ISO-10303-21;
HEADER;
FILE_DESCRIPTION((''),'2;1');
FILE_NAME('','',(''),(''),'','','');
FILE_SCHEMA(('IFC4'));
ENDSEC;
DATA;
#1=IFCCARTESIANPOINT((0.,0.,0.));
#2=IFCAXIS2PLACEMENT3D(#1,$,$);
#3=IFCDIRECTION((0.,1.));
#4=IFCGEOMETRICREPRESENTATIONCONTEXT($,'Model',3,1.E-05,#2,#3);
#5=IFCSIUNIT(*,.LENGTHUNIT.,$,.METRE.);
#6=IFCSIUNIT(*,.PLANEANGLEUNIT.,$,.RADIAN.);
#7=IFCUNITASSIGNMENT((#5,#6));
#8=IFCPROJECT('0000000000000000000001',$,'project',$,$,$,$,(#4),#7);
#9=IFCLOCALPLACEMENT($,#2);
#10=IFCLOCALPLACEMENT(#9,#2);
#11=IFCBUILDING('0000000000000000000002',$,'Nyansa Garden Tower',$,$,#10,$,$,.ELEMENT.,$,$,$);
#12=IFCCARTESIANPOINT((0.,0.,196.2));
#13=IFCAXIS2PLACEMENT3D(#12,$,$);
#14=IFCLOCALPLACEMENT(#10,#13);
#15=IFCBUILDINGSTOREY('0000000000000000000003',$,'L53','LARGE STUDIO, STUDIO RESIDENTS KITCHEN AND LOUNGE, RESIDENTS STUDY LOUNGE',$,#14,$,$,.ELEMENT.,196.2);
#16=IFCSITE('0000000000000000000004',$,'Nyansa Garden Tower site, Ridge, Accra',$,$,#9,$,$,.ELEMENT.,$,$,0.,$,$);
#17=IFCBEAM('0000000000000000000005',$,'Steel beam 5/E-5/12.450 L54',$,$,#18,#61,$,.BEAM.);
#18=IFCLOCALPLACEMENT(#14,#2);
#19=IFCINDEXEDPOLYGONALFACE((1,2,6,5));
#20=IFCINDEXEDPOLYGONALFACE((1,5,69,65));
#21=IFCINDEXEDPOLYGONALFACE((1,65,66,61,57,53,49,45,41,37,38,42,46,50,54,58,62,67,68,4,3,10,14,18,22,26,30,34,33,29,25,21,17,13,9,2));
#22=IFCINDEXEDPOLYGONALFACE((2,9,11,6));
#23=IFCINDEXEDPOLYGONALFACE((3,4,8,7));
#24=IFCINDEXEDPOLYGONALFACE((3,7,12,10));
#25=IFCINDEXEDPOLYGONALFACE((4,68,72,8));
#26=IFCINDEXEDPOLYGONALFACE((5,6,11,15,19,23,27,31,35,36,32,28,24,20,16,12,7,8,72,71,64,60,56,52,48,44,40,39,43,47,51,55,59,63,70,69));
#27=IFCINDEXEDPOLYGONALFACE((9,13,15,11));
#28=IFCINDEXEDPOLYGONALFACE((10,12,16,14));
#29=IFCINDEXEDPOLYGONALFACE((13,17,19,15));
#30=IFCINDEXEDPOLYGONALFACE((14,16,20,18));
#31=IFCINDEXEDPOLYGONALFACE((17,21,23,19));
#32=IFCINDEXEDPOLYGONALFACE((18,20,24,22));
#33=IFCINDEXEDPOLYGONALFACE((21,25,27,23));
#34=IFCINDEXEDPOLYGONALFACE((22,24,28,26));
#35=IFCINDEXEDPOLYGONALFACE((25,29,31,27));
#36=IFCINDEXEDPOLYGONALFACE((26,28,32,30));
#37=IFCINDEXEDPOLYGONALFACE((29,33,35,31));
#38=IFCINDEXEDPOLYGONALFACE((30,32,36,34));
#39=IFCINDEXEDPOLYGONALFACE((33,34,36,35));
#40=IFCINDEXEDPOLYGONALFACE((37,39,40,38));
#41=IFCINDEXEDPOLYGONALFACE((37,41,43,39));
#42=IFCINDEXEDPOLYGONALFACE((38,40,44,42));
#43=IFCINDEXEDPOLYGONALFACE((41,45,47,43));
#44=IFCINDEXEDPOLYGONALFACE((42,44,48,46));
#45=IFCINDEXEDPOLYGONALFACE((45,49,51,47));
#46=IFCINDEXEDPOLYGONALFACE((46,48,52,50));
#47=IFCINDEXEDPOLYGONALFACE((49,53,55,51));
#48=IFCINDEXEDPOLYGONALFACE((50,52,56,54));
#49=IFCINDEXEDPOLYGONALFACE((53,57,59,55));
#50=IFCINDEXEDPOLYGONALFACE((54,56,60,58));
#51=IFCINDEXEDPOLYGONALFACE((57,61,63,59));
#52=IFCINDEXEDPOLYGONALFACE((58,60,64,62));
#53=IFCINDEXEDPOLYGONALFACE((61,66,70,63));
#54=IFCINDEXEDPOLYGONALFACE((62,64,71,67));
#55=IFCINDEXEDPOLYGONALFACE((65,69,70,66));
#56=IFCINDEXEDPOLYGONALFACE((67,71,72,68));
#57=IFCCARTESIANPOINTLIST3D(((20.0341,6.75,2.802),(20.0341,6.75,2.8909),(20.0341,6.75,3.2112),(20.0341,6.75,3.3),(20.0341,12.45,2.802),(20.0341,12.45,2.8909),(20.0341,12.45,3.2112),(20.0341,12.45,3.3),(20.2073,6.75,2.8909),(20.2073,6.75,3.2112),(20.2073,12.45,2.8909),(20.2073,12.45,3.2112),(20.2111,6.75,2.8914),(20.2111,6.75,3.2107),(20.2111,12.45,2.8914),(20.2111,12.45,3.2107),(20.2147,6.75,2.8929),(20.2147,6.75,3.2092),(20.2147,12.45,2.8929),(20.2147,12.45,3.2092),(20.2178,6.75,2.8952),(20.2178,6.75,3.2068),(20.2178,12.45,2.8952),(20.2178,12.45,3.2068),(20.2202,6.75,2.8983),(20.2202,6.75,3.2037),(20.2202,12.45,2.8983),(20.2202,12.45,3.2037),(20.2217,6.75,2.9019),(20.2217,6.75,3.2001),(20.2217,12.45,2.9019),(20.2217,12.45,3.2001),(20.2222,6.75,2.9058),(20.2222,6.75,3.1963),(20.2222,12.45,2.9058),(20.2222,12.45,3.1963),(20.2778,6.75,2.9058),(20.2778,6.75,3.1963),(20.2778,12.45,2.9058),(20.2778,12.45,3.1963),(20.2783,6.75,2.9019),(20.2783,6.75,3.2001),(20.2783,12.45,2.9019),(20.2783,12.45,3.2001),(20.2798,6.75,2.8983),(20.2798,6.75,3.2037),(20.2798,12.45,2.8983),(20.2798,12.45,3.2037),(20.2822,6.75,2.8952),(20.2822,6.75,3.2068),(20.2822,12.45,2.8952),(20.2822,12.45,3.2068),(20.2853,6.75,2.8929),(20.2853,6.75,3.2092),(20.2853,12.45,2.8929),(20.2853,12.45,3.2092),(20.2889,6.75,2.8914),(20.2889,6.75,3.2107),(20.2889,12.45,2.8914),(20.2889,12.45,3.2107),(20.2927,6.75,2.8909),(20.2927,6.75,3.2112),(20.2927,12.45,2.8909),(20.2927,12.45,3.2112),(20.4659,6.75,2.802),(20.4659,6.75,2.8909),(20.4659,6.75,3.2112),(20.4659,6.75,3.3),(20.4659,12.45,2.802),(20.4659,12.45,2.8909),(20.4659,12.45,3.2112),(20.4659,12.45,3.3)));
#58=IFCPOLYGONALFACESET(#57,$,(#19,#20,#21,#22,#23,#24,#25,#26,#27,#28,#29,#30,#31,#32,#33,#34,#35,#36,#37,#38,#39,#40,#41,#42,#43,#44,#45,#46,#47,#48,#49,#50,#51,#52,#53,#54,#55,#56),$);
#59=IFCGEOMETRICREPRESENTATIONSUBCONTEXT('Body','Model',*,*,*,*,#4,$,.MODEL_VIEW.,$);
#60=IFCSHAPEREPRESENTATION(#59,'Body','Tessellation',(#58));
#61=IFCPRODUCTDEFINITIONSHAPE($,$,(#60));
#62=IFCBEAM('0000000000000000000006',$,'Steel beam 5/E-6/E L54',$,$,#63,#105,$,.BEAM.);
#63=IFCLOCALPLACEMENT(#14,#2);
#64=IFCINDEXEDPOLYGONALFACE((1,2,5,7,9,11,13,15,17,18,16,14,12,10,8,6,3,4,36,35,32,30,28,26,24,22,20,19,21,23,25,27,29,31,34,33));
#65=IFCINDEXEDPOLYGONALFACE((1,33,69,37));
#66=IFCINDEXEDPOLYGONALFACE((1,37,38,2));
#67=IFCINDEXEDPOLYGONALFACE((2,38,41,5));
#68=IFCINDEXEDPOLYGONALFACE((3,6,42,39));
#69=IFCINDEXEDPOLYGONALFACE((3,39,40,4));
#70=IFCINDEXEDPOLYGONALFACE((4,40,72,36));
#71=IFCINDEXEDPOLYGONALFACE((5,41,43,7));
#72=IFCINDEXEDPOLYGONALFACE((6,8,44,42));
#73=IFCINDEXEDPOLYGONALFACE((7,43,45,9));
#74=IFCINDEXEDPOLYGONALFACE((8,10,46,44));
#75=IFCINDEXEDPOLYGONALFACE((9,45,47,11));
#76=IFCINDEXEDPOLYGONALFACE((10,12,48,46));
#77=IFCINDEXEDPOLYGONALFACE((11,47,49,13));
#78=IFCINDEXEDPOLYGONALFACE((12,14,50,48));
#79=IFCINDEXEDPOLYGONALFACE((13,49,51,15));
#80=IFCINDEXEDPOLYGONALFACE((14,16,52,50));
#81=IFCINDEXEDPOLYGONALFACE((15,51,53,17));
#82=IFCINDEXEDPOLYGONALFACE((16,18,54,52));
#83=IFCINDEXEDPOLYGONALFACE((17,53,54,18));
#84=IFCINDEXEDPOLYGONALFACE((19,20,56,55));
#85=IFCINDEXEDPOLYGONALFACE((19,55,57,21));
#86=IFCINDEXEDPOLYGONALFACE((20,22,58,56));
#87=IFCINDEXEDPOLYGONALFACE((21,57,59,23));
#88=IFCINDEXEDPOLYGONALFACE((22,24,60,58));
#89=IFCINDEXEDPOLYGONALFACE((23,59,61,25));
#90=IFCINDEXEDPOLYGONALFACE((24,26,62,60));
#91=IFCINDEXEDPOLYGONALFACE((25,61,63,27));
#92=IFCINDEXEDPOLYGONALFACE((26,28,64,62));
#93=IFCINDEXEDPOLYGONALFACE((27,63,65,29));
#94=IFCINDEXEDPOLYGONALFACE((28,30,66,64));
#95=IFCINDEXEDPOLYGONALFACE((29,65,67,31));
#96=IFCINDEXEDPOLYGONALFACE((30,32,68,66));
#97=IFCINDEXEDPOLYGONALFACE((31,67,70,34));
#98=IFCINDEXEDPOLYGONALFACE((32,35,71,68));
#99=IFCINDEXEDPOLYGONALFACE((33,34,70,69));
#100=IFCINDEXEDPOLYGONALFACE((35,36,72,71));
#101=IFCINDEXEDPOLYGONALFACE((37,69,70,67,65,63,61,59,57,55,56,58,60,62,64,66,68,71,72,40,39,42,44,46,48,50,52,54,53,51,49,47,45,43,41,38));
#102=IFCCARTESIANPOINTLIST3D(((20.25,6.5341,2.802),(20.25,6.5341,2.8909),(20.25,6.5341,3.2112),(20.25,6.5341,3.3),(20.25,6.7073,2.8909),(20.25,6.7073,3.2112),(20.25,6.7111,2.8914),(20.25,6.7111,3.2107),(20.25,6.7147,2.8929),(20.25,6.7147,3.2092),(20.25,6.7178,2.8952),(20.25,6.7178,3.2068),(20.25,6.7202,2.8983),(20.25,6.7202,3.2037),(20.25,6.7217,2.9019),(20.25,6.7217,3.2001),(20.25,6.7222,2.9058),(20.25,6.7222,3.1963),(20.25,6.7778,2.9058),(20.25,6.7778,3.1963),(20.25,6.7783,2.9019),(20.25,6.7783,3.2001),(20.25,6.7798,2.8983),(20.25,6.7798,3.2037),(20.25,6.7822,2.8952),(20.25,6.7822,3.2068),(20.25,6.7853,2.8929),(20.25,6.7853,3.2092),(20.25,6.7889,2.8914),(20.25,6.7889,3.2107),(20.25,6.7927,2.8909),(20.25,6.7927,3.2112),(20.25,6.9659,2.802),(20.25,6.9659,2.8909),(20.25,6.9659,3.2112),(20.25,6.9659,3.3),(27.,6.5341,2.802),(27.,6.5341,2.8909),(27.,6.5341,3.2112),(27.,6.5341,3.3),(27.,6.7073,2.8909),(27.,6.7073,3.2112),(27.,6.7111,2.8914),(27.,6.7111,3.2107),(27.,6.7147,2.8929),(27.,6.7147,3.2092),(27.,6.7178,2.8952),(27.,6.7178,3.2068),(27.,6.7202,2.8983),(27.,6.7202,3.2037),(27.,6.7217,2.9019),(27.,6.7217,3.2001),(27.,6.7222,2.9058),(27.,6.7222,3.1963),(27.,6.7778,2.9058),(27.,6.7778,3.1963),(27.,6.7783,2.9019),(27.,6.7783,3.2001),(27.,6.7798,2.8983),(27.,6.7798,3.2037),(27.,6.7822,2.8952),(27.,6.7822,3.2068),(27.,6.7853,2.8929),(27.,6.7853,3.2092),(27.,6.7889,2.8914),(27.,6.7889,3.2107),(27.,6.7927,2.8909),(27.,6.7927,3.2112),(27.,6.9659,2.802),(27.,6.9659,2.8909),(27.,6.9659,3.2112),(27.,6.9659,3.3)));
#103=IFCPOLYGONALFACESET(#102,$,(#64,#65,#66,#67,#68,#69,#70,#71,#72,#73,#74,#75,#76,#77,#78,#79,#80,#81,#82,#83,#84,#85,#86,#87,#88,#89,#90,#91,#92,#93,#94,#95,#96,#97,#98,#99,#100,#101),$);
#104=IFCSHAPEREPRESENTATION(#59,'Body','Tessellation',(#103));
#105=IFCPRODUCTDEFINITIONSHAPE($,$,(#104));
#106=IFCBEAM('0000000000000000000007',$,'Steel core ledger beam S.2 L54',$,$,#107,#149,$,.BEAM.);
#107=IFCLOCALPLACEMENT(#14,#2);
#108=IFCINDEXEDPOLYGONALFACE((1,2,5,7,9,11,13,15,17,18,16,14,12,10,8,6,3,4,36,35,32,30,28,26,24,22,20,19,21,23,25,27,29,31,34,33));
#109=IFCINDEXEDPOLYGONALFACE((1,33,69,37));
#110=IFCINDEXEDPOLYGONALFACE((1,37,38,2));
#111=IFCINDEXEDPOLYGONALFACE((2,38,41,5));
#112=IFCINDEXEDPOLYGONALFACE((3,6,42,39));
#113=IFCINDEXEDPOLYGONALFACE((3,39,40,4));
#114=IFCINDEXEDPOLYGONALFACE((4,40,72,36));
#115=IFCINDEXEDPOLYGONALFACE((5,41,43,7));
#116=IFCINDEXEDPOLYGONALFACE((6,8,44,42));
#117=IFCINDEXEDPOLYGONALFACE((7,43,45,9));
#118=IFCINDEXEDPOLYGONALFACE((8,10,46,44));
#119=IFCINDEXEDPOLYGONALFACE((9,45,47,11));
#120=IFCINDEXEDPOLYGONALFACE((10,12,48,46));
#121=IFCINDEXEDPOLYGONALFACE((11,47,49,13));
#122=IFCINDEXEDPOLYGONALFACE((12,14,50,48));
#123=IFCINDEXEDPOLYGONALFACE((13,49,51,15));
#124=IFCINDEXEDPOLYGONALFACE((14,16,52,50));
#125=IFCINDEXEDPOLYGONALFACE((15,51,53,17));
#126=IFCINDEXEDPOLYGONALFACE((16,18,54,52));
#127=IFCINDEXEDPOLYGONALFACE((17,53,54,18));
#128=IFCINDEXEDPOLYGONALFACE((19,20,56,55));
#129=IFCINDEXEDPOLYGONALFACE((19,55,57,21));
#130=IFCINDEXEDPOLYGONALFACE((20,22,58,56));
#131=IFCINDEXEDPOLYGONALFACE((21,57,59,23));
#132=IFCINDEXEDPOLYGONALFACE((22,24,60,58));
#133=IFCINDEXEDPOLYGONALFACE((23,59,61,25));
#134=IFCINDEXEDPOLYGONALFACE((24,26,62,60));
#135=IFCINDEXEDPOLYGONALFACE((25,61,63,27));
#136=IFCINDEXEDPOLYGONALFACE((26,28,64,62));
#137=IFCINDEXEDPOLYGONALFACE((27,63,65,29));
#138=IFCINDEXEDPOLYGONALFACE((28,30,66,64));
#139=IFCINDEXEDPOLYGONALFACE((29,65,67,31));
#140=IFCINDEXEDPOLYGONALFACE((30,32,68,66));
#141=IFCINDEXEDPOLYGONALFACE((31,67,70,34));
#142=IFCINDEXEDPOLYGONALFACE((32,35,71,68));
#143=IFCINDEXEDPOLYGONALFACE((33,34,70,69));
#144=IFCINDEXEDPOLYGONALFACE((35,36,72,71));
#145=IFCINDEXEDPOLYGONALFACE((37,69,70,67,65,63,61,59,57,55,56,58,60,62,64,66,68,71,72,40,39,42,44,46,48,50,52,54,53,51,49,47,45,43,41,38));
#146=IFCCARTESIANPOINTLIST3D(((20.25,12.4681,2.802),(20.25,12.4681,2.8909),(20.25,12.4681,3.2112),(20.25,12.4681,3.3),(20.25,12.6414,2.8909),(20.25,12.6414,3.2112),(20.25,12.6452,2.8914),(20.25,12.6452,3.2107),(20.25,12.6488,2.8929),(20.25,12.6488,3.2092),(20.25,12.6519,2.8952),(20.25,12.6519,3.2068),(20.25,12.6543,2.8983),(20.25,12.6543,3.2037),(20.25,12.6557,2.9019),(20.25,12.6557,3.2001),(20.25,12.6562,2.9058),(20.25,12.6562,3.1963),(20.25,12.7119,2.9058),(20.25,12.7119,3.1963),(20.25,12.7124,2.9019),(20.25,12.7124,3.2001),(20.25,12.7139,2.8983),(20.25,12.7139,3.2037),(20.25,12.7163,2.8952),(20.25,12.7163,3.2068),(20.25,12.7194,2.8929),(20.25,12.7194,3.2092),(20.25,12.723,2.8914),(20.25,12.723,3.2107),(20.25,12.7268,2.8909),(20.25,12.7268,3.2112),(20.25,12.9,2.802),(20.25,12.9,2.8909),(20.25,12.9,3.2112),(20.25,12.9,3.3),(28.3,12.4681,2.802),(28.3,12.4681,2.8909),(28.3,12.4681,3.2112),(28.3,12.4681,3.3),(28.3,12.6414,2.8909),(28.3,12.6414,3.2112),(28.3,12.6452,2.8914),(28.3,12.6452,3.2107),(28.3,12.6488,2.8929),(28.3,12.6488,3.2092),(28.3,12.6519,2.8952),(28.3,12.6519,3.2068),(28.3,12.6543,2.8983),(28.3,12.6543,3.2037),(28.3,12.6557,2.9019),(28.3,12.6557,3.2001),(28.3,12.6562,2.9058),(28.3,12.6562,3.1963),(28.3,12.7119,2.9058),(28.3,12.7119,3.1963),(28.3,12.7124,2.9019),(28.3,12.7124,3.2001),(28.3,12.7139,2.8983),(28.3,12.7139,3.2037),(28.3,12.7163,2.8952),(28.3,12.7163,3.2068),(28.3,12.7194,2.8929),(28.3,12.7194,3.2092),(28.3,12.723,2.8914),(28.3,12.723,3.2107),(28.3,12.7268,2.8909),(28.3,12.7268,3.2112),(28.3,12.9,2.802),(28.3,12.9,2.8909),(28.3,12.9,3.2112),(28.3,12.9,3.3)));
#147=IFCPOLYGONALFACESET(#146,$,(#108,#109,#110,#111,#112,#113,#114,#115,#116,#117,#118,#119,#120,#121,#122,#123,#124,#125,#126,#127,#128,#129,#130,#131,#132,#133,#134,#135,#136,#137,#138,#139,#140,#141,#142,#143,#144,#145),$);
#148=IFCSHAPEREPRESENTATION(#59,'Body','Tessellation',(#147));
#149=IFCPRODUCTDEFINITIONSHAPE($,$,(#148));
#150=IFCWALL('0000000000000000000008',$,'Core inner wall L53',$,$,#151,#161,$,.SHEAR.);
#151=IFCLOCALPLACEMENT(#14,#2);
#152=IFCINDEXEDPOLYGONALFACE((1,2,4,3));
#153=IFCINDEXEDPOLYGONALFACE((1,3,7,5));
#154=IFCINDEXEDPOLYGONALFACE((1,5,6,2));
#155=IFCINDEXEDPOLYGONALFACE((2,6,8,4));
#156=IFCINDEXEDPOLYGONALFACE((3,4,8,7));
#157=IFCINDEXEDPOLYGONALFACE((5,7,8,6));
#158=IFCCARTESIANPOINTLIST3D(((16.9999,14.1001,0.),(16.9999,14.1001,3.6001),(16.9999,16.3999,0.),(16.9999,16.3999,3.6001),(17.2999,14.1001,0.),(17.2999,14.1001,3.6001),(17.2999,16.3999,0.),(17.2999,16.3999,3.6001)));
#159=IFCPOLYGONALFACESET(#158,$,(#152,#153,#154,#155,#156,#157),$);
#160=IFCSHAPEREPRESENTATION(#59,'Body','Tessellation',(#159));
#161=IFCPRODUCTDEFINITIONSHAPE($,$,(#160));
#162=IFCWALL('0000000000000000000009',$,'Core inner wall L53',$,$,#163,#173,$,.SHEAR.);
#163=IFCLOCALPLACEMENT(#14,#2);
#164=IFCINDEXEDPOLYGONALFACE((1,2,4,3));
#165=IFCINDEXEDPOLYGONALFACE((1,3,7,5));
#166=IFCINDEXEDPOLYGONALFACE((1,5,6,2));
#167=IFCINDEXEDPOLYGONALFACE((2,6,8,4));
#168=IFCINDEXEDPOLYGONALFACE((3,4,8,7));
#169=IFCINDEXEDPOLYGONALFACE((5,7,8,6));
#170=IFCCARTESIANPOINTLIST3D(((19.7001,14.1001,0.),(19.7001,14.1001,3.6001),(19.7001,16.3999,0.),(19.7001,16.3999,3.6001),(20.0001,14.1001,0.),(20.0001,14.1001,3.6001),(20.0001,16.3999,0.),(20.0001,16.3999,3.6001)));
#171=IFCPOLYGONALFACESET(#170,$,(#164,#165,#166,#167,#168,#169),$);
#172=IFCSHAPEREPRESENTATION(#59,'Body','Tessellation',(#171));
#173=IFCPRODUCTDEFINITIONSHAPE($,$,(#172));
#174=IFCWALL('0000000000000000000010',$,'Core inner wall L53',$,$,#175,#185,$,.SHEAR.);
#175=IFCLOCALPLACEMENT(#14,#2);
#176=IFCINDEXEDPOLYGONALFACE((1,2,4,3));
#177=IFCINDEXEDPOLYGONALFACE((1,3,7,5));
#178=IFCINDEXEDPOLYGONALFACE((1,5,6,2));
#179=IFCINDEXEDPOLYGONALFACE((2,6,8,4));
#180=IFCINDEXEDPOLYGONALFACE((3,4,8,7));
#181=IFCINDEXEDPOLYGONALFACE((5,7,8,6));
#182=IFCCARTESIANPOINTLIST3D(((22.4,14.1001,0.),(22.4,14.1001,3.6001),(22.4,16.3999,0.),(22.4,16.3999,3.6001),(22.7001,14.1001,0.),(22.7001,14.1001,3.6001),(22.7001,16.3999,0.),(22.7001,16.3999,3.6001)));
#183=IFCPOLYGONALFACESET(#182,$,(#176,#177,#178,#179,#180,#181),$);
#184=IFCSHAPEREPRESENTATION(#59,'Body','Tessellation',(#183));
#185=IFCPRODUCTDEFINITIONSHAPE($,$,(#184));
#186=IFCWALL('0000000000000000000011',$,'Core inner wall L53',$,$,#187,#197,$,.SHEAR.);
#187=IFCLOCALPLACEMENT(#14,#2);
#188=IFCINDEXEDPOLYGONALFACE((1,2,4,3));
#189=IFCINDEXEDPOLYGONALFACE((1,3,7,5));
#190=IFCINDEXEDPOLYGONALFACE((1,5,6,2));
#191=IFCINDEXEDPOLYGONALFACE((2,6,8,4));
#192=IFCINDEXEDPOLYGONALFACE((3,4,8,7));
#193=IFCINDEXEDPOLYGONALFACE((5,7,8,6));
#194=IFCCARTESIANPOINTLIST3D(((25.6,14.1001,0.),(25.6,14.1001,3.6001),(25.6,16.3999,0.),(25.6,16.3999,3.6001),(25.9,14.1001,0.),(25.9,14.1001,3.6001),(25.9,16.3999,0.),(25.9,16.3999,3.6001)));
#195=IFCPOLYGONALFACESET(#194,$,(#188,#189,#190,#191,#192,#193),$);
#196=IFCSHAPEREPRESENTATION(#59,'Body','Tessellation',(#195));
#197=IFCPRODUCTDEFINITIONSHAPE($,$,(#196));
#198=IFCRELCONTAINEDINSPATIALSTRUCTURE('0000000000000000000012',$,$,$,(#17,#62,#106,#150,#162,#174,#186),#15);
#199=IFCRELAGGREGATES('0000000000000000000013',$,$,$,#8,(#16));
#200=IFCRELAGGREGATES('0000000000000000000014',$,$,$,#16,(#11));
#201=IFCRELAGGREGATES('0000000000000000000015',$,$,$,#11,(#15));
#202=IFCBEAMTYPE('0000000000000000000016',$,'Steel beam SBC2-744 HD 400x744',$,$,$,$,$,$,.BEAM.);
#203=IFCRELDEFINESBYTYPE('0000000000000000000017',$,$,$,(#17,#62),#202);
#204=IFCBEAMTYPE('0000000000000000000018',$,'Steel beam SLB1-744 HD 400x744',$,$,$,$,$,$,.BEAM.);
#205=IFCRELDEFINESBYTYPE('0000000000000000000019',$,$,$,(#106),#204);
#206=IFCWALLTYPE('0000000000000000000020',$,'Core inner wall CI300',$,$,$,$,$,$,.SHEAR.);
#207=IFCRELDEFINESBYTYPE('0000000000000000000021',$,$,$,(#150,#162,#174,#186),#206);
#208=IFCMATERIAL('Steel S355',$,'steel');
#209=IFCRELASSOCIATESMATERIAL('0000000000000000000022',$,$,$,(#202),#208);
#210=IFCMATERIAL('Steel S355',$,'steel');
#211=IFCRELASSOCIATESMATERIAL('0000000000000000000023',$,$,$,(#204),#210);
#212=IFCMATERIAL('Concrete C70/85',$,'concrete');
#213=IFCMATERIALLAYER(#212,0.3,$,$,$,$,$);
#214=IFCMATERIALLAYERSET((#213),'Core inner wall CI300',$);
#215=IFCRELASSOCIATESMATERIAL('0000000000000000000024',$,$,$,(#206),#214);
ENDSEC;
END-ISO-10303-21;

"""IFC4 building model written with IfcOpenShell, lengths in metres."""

from ifc_helpers import new_model, si_unit, direction, frame, frame_2d, origin, origin_2d, place, context, subcontext, project, spatial, rectangle, i_section, extrude, material, layer, layer_set, material_profile, profile_set, type_object, element, save


model = new_model("IFC4")

# Units and contexts
model_context = context("Model", 3, precision=1e-05, world=origin(), true_north=direction((0.0, 1.0)))
body_context = subcontext(model_context, "Body", "Model", "MODEL_VIEW")
ifc_project = project(units=[si_unit("LENGTHUNIT", "METRE"), si_unit("PLANEANGLEUNIT", "RADIAN")], contexts=[model_context])

# Site, building, storey
site_placement = place(None, origin())
site = spatial("IfcSite", under=ifc_project, at=site_placement, Name="Nyansa Garden Tower site, Ridge, Accra", CompositionType="ELEMENT", RefElevation=0.0)
building_placement = place(site_placement, origin())
building = spatial("IfcBuilding", under=site, at=building_placement, Name="Nyansa Garden Tower", CompositionType="ELEMENT")
storey_placement = place(building_placement, frame((0.0, 0.0, 196.2)))
storey = spatial("IfcBuildingStorey", under=building, at=storey_placement, Name="L53", Description="LARGE STUDIO, STUDIO RESIDENTS KITCHEN AND LOUNGE, RESIDENTS STUDY LOUNGE", CompositionType="ELEMENT", Elevation=196.2)

# Beams
ifc_material_1 = material(Name="Steel S355", Category="steel")
ifc_material_profile_1 = material_profile(ifc_material_1, i_section(OverallWidth=0.4319, OverallDepth=0.498, WebThickness=0.0557, FlangeThickness=0.0889, FilletRadius=0.0149, at=origin_2d()), Name="HD 400x744")
ifc_profile_set_1 = profile_set([ifc_material_profile_1], Name="Steel S355")
beam_type_1 = type_object("IfcBeamType", Name="Steel beam SBC2-744 HD 400x744", PredefinedType="BEAM", material=ifc_profile_set_1)
beam_1_placement = place(storey_placement, frame((20.25, 6.75, 3.051), z_axis=(0.0, 1.0, 0.0), x_axis=(-1.0, 0.0, 0.0)))
element("IfcBeam", 1, at=beam_1_placement, inside=storey, type_object=beam_type_1, Name="Steel beam 5/E-5/12.450 L54", PredefinedType="BEAM", context=body_context, shape_type="SweptSolid", body=[
    extrude(i_section(OverallWidth=0.4319, OverallDepth=0.498, WebThickness=0.0557, FlangeThickness=0.0889, FilletRadius=0.0149, at=origin_2d()), origin(), (0.0, 0.0, 1.0), 5.7),
])
beam_2_placement = place(storey_placement, frame((20.25, 6.75, 3.051), z_axis=(1.0, 0.0, 0.0), x_axis=(0.0, 1.0, 0.0)))
element("IfcBeam", 2, at=beam_2_placement, inside=storey, type_object=beam_type_1, Name="Steel beam 5/E-6/E L54", PredefinedType="BEAM", context=body_context, shape_type="SweptSolid", body=[
    extrude(i_section(OverallWidth=0.4319, OverallDepth=0.498, WebThickness=0.0557, FlangeThickness=0.0889, FilletRadius=0.0149, at=origin_2d()), origin(), (0.0, 0.0, 1.0), 6.75),
])
ifc_material_2 = material(Name="Steel S355", Category="steel")
ifc_material_profile_2 = material_profile(ifc_material_2, i_section(OverallWidth=0.4319, OverallDepth=0.498, WebThickness=0.0557, FlangeThickness=0.0889, FilletRadius=0.0149, at=origin_2d()), Name="HD 400x744")
ifc_profile_set_2 = profile_set([ifc_material_profile_2], Name="Steel S355")
beam_type_2 = type_object("IfcBeamType", Name="Steel beam SLB1-744 HD 400x744", PredefinedType="BEAM", material=ifc_profile_set_2)
beam_3_placement = place(storey_placement, frame((20.25, 12.6841, 3.051), z_axis=(1.0, 0.0, 0.0), x_axis=(0.0, 1.0, 0.0)))
element("IfcBeam", 3, at=beam_3_placement, inside=storey, type_object=beam_type_2, Name="Steel core ledger beam S.2 L54", PredefinedType="BEAM", context=body_context, shape_type="SweptSolid", body=[
    extrude(i_section(OverallWidth=0.4319, OverallDepth=0.498, WebThickness=0.0557, FlangeThickness=0.0889, FilletRadius=0.0149, at=origin_2d()), origin(), (0.0, 0.0, 1.0), 8.05),
])

# Walls
ifc_material_3 = material(Name="Concrete C70/85", Category="concrete")
ifc_layer_1 = layer(ifc_material_3, 0.3)
ifc_layer_set_1 = layer_set([ifc_layer_1], Name="Core inner wall CI300")
wall_type_1 = type_object("IfcWallType", Name="Core inner wall CI300", PredefinedType="SHEAR", material=ifc_layer_set_1)
for number, where, z_axis, x_axis, name in (
    (4, (17.1499, 14.1001, 0.0), (0.0, 0.0, 1.0), (0.0, 1.0, 0.0), "Core inner wall L53"),
    (5, (19.8501, 14.1001, 0.0), (0.0, 0.0, 1.0), (0.0, 1.0, 0.0), "Core inner wall L53"),
    (6, (22.55, 14.1001, 0.0), (0.0, 0.0, 1.0), (0.0, 1.0, 0.0), "Core inner wall L53"),
    (7, (25.75, 14.1001, 0.0), (0.0, 0.0, 1.0), (0.0, 1.0, 0.0), "Core inner wall L53"),
):
    element("IfcWall", number, at=place(storey_placement, frame(where, z_axis=z_axis, x_axis=x_axis)), inside=storey, type_object=wall_type_1, Name=name, PredefinedType="SHEAR", context=body_context, shape_type="SweptSolid", body=[
        extrude(rectangle(XDim=2.2998, YDim=0.3, at=frame_2d((1.1499, 0.0))), origin(), (0.0, 0.0, 1.0), 3.6001),
    ])

save(model, "model.ifc")
